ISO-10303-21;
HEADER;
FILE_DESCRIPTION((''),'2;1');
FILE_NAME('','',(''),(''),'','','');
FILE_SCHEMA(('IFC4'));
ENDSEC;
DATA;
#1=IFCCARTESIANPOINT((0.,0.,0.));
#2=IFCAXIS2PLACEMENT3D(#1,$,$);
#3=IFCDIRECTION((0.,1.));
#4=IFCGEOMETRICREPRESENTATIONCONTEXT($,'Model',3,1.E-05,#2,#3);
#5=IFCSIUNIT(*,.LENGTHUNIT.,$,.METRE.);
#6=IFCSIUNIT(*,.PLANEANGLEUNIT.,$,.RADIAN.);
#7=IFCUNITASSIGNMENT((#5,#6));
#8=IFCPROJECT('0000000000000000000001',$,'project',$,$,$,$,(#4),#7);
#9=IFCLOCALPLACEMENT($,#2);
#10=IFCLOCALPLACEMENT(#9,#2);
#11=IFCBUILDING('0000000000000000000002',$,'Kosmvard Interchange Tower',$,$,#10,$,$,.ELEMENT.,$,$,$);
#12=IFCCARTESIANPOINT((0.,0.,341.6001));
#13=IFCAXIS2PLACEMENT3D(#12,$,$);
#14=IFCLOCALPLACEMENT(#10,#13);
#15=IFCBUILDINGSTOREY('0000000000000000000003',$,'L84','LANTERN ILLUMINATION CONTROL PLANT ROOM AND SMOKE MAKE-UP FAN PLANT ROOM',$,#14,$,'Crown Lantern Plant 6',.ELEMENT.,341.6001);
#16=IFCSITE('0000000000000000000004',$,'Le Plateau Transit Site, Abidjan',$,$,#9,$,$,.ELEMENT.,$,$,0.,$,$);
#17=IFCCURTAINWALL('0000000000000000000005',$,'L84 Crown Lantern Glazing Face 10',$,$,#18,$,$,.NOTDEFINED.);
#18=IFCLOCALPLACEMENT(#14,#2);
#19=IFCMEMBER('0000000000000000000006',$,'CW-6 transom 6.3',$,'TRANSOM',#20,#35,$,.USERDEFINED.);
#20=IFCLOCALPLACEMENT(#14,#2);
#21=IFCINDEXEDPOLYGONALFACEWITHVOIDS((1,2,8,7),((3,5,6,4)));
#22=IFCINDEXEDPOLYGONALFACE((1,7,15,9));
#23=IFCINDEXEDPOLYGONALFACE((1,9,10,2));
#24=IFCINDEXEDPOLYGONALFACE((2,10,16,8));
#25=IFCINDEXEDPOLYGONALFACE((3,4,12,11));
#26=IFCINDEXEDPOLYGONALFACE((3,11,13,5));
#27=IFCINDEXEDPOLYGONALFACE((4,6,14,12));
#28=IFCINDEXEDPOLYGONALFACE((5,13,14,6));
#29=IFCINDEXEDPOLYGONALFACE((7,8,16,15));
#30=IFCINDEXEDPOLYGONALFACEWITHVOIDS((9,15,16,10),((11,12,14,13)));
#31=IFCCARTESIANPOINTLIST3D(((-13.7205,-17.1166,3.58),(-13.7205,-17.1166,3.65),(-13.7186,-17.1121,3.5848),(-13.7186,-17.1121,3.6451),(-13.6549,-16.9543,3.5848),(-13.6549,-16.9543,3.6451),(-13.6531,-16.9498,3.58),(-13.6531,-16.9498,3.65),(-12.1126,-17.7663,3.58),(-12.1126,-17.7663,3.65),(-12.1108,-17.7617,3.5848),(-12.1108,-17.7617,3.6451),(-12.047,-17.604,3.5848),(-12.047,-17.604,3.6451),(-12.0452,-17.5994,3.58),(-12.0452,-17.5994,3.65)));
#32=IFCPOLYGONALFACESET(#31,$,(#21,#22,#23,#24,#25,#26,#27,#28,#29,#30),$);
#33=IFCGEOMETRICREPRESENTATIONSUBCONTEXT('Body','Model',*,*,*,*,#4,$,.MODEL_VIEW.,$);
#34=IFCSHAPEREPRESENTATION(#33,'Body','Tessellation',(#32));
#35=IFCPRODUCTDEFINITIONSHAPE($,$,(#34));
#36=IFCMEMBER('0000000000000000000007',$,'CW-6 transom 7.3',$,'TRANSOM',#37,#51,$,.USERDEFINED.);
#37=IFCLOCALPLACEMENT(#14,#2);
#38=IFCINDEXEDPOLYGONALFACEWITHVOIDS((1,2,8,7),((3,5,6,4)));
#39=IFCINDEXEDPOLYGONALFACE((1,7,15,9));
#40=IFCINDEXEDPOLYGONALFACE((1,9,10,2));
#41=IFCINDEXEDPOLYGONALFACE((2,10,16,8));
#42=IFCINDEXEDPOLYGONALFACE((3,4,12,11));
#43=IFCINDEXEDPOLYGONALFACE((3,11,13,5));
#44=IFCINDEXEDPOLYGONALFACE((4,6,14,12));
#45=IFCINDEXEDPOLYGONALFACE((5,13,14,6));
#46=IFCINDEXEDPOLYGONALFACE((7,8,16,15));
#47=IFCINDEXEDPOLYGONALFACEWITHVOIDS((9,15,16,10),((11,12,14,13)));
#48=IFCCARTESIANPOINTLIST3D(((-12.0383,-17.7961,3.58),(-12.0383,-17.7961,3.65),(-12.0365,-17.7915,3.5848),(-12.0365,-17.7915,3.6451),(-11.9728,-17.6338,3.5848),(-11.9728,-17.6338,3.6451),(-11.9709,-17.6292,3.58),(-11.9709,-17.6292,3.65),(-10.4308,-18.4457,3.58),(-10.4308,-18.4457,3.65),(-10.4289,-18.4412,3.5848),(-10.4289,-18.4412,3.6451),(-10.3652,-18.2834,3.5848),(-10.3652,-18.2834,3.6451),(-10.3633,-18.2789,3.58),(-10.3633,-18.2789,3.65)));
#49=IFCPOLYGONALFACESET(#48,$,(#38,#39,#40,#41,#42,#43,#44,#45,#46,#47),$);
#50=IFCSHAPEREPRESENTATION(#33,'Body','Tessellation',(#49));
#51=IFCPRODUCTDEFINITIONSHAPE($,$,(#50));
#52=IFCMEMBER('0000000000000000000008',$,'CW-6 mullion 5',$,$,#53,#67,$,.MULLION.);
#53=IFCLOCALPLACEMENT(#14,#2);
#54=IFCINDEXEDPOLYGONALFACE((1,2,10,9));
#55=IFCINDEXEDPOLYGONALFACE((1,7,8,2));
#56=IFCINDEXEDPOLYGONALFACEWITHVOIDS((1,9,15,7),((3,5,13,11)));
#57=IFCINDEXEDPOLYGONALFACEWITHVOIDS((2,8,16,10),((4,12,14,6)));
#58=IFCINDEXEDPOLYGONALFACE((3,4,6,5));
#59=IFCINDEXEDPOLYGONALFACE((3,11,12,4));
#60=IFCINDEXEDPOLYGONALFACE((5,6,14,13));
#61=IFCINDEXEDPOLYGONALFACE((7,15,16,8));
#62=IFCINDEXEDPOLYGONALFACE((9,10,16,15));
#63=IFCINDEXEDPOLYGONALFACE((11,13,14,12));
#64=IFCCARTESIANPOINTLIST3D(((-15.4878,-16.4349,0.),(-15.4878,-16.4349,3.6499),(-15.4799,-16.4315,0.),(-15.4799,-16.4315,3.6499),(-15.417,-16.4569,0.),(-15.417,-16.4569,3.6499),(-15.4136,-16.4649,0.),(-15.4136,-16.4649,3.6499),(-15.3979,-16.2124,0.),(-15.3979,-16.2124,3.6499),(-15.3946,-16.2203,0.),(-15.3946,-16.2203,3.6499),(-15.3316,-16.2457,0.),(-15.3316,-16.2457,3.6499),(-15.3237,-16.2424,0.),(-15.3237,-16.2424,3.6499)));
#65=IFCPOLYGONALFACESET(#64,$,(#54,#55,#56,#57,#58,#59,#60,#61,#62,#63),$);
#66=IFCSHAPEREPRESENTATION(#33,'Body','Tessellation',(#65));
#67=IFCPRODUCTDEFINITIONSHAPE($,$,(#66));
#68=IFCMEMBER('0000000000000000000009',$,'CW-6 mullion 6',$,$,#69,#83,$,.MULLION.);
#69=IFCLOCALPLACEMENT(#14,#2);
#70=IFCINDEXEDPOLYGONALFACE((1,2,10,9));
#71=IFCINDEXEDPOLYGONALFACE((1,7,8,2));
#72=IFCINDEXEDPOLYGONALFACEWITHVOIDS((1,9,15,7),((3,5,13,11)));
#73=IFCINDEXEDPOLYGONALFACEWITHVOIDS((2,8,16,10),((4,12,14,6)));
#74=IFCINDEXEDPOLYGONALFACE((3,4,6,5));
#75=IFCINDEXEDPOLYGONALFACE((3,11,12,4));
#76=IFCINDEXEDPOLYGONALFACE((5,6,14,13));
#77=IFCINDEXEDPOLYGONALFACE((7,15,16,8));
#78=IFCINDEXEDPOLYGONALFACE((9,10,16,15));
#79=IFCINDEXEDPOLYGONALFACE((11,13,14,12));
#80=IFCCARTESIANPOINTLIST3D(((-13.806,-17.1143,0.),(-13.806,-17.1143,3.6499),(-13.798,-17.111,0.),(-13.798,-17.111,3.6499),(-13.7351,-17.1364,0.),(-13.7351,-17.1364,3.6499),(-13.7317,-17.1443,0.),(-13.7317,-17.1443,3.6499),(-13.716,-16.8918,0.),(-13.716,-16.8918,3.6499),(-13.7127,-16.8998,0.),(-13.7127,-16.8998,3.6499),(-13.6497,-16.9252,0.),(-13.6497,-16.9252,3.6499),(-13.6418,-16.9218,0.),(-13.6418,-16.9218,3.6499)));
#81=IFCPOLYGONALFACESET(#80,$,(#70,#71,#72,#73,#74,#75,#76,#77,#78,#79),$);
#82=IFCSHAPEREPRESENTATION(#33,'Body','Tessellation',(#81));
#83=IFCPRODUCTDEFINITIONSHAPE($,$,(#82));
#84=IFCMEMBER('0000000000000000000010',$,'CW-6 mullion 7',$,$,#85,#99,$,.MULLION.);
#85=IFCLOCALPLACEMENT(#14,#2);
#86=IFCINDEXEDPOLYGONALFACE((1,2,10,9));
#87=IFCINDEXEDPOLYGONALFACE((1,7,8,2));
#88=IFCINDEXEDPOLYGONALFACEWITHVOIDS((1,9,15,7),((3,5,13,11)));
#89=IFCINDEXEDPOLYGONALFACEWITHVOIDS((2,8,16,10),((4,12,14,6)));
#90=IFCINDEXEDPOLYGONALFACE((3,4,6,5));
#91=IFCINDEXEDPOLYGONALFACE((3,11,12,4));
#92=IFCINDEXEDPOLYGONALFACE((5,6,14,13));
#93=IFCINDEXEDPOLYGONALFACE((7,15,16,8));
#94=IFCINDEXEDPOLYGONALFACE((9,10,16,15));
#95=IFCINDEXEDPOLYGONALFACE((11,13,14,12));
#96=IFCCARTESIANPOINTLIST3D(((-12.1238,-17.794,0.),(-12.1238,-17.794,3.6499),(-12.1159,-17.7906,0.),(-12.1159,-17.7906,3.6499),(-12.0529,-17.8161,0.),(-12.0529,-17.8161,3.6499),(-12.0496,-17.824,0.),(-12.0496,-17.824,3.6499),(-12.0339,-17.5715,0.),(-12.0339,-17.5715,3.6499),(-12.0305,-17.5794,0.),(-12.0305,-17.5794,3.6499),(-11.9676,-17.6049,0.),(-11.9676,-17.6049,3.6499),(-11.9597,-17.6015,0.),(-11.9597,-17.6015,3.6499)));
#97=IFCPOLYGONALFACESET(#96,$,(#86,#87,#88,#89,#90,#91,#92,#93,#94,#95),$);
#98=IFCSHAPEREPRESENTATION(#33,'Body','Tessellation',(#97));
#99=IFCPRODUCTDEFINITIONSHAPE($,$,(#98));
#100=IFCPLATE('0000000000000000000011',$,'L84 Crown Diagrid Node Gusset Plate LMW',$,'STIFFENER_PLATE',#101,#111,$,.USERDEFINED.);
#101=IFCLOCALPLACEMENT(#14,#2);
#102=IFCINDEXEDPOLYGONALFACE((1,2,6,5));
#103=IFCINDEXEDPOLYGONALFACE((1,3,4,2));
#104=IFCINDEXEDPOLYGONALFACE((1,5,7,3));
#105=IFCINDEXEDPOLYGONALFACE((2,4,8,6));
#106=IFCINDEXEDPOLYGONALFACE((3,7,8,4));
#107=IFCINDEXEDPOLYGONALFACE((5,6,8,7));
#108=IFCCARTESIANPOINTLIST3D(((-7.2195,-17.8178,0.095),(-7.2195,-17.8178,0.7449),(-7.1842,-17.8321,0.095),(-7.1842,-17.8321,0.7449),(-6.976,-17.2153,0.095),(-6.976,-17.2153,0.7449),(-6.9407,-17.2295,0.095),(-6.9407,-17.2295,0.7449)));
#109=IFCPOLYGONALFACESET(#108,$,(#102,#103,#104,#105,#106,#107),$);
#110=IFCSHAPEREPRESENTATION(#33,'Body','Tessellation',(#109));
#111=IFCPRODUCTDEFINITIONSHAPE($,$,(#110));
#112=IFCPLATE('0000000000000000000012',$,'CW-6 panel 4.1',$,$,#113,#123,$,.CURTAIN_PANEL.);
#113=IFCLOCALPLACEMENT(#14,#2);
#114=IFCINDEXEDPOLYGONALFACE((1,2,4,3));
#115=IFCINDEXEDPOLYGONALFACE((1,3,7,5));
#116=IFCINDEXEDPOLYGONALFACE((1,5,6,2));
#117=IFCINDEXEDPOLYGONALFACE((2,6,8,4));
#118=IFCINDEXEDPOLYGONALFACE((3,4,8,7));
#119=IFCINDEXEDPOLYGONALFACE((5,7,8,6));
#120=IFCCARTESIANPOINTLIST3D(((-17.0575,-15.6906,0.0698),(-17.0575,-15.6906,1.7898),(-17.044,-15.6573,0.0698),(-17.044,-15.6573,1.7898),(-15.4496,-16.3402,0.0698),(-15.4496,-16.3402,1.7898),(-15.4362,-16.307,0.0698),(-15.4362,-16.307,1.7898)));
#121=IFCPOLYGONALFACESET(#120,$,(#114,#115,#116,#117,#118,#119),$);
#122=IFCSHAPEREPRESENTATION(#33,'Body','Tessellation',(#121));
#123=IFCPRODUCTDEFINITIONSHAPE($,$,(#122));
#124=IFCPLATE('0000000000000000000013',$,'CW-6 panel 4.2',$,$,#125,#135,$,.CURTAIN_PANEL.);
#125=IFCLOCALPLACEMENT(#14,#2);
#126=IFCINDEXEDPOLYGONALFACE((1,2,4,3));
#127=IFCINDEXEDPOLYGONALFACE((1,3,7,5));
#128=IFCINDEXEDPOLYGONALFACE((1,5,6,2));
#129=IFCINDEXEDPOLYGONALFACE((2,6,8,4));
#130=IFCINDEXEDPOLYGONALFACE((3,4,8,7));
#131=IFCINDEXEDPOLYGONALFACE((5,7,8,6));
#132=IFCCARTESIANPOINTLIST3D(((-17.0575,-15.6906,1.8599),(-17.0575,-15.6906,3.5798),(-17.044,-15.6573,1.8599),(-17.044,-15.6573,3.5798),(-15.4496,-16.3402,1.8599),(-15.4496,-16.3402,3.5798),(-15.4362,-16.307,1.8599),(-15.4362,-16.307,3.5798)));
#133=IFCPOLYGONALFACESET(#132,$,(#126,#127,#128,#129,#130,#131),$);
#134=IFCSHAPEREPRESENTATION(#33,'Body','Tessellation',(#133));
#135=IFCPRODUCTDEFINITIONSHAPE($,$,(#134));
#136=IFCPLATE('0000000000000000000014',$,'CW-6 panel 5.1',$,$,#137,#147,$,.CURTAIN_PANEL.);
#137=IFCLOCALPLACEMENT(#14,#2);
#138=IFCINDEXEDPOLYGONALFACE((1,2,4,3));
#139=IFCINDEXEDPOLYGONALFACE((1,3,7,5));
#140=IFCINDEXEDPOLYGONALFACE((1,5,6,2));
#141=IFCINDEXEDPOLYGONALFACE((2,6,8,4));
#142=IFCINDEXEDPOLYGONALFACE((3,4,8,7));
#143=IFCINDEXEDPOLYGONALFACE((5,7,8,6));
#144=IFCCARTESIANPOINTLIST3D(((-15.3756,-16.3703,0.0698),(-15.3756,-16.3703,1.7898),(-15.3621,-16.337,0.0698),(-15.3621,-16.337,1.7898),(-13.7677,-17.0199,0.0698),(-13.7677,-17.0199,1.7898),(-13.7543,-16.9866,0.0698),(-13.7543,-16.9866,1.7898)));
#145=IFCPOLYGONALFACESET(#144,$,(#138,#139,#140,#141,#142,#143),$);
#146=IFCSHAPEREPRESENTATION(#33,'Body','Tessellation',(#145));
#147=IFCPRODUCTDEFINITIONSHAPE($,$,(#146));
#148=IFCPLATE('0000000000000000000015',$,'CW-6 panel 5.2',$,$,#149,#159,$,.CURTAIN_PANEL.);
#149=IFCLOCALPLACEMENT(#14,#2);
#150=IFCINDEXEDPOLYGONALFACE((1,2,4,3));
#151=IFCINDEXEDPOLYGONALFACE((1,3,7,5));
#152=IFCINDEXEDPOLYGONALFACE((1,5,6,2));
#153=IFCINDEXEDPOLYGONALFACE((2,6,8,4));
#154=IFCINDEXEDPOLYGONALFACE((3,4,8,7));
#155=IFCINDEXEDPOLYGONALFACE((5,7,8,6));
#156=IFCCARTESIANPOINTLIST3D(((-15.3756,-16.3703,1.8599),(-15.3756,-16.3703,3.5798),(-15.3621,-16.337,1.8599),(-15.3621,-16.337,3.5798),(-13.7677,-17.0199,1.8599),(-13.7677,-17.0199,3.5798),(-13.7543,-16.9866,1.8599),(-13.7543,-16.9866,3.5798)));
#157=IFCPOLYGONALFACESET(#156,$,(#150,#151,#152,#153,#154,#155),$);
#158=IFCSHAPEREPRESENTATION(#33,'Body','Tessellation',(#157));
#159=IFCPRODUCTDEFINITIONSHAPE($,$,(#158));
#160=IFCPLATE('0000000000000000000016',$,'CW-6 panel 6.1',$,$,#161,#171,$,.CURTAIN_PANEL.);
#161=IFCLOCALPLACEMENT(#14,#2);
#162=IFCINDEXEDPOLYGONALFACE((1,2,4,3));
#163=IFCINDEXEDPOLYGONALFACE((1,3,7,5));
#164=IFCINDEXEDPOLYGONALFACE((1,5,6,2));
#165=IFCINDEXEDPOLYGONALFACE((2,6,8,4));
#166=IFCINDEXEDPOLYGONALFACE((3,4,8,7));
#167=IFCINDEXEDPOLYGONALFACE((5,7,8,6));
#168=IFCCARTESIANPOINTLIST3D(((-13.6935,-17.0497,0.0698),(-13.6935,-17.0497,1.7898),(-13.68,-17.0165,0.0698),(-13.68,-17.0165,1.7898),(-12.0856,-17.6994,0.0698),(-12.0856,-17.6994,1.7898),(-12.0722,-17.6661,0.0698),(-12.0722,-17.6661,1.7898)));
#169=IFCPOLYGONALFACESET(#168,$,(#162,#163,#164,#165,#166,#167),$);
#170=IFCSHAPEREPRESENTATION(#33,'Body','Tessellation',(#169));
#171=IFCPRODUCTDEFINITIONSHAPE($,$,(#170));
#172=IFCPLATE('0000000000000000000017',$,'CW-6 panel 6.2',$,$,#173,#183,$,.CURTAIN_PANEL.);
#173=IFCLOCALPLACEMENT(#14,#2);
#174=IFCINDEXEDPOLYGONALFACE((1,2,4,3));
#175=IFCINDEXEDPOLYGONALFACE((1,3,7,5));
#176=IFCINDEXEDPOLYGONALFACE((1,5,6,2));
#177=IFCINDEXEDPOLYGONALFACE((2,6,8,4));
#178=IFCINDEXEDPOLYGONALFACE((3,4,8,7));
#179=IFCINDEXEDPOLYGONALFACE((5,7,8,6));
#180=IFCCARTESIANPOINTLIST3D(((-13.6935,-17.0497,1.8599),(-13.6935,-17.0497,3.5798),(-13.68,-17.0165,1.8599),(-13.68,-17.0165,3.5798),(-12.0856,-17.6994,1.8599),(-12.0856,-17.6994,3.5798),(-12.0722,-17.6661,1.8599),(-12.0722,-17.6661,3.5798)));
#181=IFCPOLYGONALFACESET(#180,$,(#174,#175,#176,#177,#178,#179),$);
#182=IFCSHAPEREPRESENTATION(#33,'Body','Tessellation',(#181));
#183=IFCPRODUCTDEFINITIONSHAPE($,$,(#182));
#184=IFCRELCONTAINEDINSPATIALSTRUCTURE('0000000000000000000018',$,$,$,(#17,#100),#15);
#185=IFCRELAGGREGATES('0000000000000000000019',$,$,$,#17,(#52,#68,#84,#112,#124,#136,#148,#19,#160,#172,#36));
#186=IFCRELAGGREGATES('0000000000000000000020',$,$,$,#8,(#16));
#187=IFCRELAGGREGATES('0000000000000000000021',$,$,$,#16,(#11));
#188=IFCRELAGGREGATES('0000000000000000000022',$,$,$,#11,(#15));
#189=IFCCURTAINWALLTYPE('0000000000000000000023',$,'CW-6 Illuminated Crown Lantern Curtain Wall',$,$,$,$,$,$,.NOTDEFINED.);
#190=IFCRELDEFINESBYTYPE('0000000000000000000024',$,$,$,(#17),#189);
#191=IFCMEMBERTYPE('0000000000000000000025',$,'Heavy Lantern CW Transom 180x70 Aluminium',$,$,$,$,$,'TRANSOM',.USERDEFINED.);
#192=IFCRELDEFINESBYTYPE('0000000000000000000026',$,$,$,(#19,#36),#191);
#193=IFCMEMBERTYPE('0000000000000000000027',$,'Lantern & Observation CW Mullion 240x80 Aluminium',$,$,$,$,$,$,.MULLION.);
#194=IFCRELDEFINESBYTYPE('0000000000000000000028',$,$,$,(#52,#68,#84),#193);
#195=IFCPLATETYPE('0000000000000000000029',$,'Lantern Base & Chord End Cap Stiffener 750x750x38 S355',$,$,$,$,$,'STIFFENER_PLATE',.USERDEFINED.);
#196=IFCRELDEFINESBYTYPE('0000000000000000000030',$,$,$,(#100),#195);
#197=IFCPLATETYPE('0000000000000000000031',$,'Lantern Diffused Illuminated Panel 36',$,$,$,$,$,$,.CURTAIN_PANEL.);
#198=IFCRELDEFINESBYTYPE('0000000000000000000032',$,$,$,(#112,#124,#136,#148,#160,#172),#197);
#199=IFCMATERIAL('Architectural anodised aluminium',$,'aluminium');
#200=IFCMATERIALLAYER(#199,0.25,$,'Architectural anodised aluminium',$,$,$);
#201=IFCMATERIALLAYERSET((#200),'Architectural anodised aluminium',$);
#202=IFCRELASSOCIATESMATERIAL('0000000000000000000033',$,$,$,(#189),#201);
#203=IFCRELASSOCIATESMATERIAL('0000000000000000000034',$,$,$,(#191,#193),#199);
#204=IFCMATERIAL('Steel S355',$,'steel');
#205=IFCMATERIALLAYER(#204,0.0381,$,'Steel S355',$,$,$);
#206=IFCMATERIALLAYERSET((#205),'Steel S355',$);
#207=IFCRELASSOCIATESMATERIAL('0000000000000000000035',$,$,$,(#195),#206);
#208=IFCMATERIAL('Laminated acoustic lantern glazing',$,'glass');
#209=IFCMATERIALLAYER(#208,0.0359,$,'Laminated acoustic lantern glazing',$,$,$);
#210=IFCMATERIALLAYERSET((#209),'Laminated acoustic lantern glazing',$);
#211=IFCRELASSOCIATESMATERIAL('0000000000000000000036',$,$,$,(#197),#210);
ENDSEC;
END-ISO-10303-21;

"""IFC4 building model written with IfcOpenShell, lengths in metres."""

from ifc_helpers import new_model, si_unit, direction, frame, origin, origin_2d, place, context, subcontext, project, spatial, rectangle, hollow_rectangle, extrude, source, transform, mapped, material, layer, layer_set, material_profile, profile_set, type_object, element, aggregate, save


model = new_model("IFC4")

# Units and contexts
model_context = context("Model", 3, precision=1e-05, world=origin(), true_north=direction((0.0, 1.0)))
body_context = subcontext(model_context, "Body", "Model", "MODEL_VIEW")
ifc_project = project(units=[si_unit("LENGTHUNIT", "METRE"), si_unit("PLANEANGLEUNIT", "RADIAN")], contexts=[model_context])

# Site, building, storey
site_placement = place(None, origin())
site = spatial("IfcSite", under=ifc_project, at=site_placement, Name="Le Plateau Transit Site, Abidjan", CompositionType="ELEMENT", RefElevation=0.0)
building_placement = place(site_placement, origin())
building = spatial("IfcBuilding", under=site, at=building_placement, Name="Kosmvard Interchange Tower", CompositionType="ELEMENT")
storey_placement = place(building_placement, frame((0.0, 0.0, 341.6001)))
storey = spatial("IfcBuildingStorey", under=building, at=storey_placement, Name="L84", Description="LANTERN ILLUMINATION CONTROL PLANT ROOM AND SMOKE MAKE-UP FAN PLANT ROOM", LongName="Crown Lantern Plant 6", CompositionType="ELEMENT", Elevation=341.6001)

# Shared definitions
ifc_material_1 = material(Name="Steel S355", Category="steel")

# Curtain wall, members
ifc_material_2 = material(Name="Architectural anodised aluminium", Category="aluminium")
ifc_layer_1 = layer(ifc_material_2, 0.25, Name="Architectural anodised aluminium")
ifc_layer_set_1 = layer_set([ifc_layer_1], Name="Architectural anodised aluminium")
curtain_wall_type = type_object("IfcCurtainWallType", Name="CW-6 Illuminated Crown Lantern Curtain Wall", PredefinedType="NOTDEFINED", material=ifc_layer_set_1)
curtain_wall_placement = place(storey_placement, origin())
curtain_wall = element("IfcCurtainWall", 1, at=curtain_wall_placement, inside=storey, type_object=curtain_wall_type, Name="L84 Crown Lantern Glazing Face 10", PredefinedType="NOTDEFINED")
ifc_material_profile_1 = material_profile(ifc_material_2, hollow_rectangle(XDim=0.1799, YDim=0.0701, WallThickness=0.0049, at=origin_2d()), Name="CWT 180x70x5")
ifc_profile_set_1 = profile_set([ifc_material_profile_1], Name="Architectural anodised aluminium")
member_type_1 = type_object("IfcMemberType", Name="Heavy Lantern CW Transom 180x70 Aluminium", ElementType="TRANSOM", PredefinedType="USERDEFINED", material=ifc_profile_set_1)
shared_shape_1 = source(origin(), body_context, "Body", "SweptSolid", [
    extrude(hollow_rectangle(XDim=0.1799, YDim=0.0701, WallThickness=0.0049, at=origin_2d()), origin(), (0.0, 0.0, 1.0), 1.7341),
])
member_1_placement = place(storey_placement, frame((-13.6868, -17.0332, 3.615), z_axis=(0.92718, -0.374617, 0.0), x_axis=(0.374617, 0.92718, 0.0)))
member_1 = element("IfcMember", 2, at=member_1_placement, type_object=member_type_1, Name="CW-6 transom 6.3", ObjectType="TRANSOM", PredefinedType="USERDEFINED", context=body_context, shape_type="MappedRepresentation", body=[
    mapped(shared_shape_1, transform((0.0, 0.0, 0.0), scale=1.0)),
])
shared_shape_2 = source(origin(), body_context, "Body", "SweptSolid", [
    extrude(hollow_rectangle(XDim=0.1799, YDim=0.0701, WallThickness=0.0049, at=origin_2d()), origin(), (0.0, 0.0, 1.0), 1.7339),
])
member_2_placement = place(storey_placement, frame((-12.0046, -17.7126, 3.615), z_axis=(0.92716, -0.374666, 0.0), x_axis=(0.374666, 0.92716, 0.0)))
member_2 = element("IfcMember", 3, at=member_2_placement, type_object=member_type_1, Name="CW-6 transom 7.3", ObjectType="TRANSOM", PredefinedType="USERDEFINED", context=body_context, shape_type="MappedRepresentation", body=[
    mapped(shared_shape_2, transform((0.0, 0.0, 0.0), scale=1.0)),
])
ifc_material_profile_2 = material_profile(ifc_material_2, hollow_rectangle(XDim=0.24, YDim=0.0801, WallThickness=0.0061, at=origin_2d()), Name="CWM 240x80x6")
ifc_profile_set_2 = profile_set([ifc_material_profile_2], Name="Architectural anodised aluminium")
member_type_2 = type_object("IfcMemberType", Name="Lantern & Observation CW Mullion 240x80 Aluminium", PredefinedType="MULLION", material=ifc_profile_set_2)
shared_shape_3 = source(origin(), body_context, "Body", "SweptSolid", [
    extrude(hollow_rectangle(XDim=0.24, YDim=0.0801, WallThickness=0.0061, at=origin_2d()), origin(), (0.0, 0.0, 1.0), 3.6499),
])
member_3_placement = place(storey_placement, frame((-15.4058, -16.3386, 0.0), z_axis=(0.0, 0.0, 1.0), x_axis=(0.374607, 0.927184, 0.0)))
member_3 = element("IfcMember", 4, at=member_3_placement, type_object=member_type_2, Name="CW-6 mullion 5", PredefinedType="MULLION", context=body_context, shape_type="MappedRepresentation", body=[
    mapped(shared_shape_3, transform((0.0, 0.0, 0.0), scale=1.0)),
])
member_4_placement = place(storey_placement, frame((-13.7239, -17.0181, 0.0), z_axis=(0.0, 0.0, 1.0), x_axis=(0.374607, 0.927184, 0.0)))
member_4 = element("IfcMember", 5, at=member_4_placement, type_object=member_type_2, Name="CW-6 mullion 6", PredefinedType="MULLION", context=body_context, shape_type="MappedRepresentation", body=[
    mapped(shared_shape_3, transform((0.0, 0.0, 0.0), scale=1.0)),
])
member_5_placement = place(storey_placement, frame((-12.0417, -17.6978, 0.0), z_axis=(0.0, 0.0, 1.0), x_axis=(0.374607, 0.927184, 0.0)))
member_5 = element("IfcMember", 6, at=member_5_placement, type_object=member_type_2, Name="CW-6 mullion 7", PredefinedType="MULLION", context=body_context, shape_type="MappedRepresentation", body=[
    mapped(shared_shape_3, transform((0.0, 0.0, 0.0), scale=1.0)),
])

# Plates
ifc_layer_2 = layer(ifc_material_1, 0.0381, Name="Steel S355")
ifc_layer_set_2 = layer_set([ifc_layer_2], Name="Steel S355")
plate_type_1 = type_object("IfcPlateType", Name="Lantern Base & Chord End Cap Stiffener 750x750x38 S355", ElementType="STIFFENER_PLATE", PredefinedType="USERDEFINED", material=ifc_layer_set_2)
shared_shape_4 = source(origin(), body_context, "Body", "SweptSolid", [
    extrude(rectangle(XDim=0.6499, YDim=0.0381, at=origin_2d()), origin(), (0.0, 0.0, 1.0), 0.6499),
])
plate_1_placement = place(storey_placement, frame((-7.0801, -17.5237, 0.095), z_axis=(0.0, 0.0, 1.0), x_axis=(0.374607, 0.927184, 0.0)))
element("IfcPlate", 7, at=plate_1_placement, inside=storey, type_object=plate_type_1, Name="L84 Crown Diagrid Node Gusset Plate LMW", ObjectType="STIFFENER_PLATE", PredefinedType="USERDEFINED", context=body_context, shape_type="MappedRepresentation", body=[
    mapped(shared_shape_4, transform((0.0, 0.0, 0.0), scale=1.0)),
])
ifc_material_3 = material(Name="Laminated acoustic lantern glazing", Category="glass")
ifc_layer_3 = layer(ifc_material_3, 0.0359, Name="Laminated acoustic lantern glazing")
ifc_layer_set_3 = layer_set([ifc_layer_3], Name="Laminated acoustic lantern glazing")
plate_type_2 = type_object("IfcPlateType", Name="Lantern Diffused Illuminated Panel 36", PredefinedType="CURTAIN_PANEL", material=ifc_layer_set_3)
shared_shape_5 = source(origin(), body_context, "Body", "SweptSolid", [
    extrude(rectangle(XDim=1.7341, YDim=0.0359, at=origin_2d()), origin(), (0.0, 0.0, 1.0), 1.72),
])
plate_2_placement = place(storey_placement, frame((-16.2468, -15.9988, 0.0698), z_axis=(0.0, 0.0, 1.0), x_axis=(0.927184, -0.374607, 0.0)))
plate_2 = element("IfcPlate", 8, at=plate_2_placement, type_object=plate_type_2, Name="CW-6 panel 4.1", PredefinedType="CURTAIN_PANEL", context=body_context, shape_type="MappedRepresentation", body=[
    mapped(shared_shape_5, transform((0.0, 0.0, 0.0), scale=1.0)),
])
plate_3_placement = place(storey_placement, frame((-16.2468, -15.9988, 1.8599), z_axis=(0.0, 0.0, 1.0), x_axis=(0.927184, -0.374607, 0.0)))
plate_3 = element("IfcPlate", 9, at=plate_3_placement, type_object=plate_type_2, Name="CW-6 panel 4.2", PredefinedType="CURTAIN_PANEL", context=body_context, shape_type="MappedRepresentation", body=[
    mapped(shared_shape_5, transform((0.0, 0.0, 0.0), scale=1.0)),
])
plate_4_placement = place(storey_placement, frame((-14.5649, -16.6785, 0.0698), z_axis=(0.0, 0.0, 1.0), x_axis=(0.927184, -0.374607, 0.0)))
plate_4 = element("IfcPlate", 10, at=plate_4_placement, type_object=plate_type_2, Name="CW-6 panel 5.1", PredefinedType="CURTAIN_PANEL", context=body_context, shape_type="MappedRepresentation", body=[
    mapped(shared_shape_5, transform((0.0, 0.0, 0.0), scale=1.0)),
])
plate_5_placement = place(storey_placement, frame((-14.5649, -16.6785, 1.8599), z_axis=(0.0, 0.0, 1.0), x_axis=(0.927184, -0.374607, 0.0)))
plate_5 = element("IfcPlate", 11, at=plate_5_placement, type_object=plate_type_2, Name="CW-6 panel 5.2", PredefinedType="CURTAIN_PANEL", context=body_context, shape_type="MappedRepresentation", body=[
    mapped(shared_shape_5, transform((0.0, 0.0, 0.0), scale=1.0)),
])
plate_6_placement = place(storey_placement, frame((-12.8828, -17.3579, 0.0698), z_axis=(0.0, 0.0, 1.0), x_axis=(0.927184, -0.374607, 0.0)))
plate_6 = element("IfcPlate", 12, at=plate_6_placement, type_object=plate_type_2, Name="CW-6 panel 6.1", PredefinedType="CURTAIN_PANEL", context=body_context, shape_type="MappedRepresentation", body=[
    mapped(shared_shape_5, transform((0.0, 0.0, 0.0), scale=1.0)),
])
plate_7_placement = place(storey_placement, frame((-12.8828, -17.3579, 1.8599), z_axis=(0.0, 0.0, 1.0), x_axis=(0.927184, -0.374607, 0.0)))
plate_7 = element("IfcPlate", 13, at=plate_7_placement, type_object=plate_type_2, Name="CW-6 panel 6.2", PredefinedType="CURTAIN_PANEL", context=body_context, shape_type="MappedRepresentation", body=[
    mapped(shared_shape_5, transform((0.0, 0.0, 0.0), scale=1.0)),
])
aggregate(curtain_wall, [member_3, member_4, member_5, plate_2, plate_3, plate_4, plate_5, member_1, plate_6, plate_7, member_2])

save(model, "model.ifc")
